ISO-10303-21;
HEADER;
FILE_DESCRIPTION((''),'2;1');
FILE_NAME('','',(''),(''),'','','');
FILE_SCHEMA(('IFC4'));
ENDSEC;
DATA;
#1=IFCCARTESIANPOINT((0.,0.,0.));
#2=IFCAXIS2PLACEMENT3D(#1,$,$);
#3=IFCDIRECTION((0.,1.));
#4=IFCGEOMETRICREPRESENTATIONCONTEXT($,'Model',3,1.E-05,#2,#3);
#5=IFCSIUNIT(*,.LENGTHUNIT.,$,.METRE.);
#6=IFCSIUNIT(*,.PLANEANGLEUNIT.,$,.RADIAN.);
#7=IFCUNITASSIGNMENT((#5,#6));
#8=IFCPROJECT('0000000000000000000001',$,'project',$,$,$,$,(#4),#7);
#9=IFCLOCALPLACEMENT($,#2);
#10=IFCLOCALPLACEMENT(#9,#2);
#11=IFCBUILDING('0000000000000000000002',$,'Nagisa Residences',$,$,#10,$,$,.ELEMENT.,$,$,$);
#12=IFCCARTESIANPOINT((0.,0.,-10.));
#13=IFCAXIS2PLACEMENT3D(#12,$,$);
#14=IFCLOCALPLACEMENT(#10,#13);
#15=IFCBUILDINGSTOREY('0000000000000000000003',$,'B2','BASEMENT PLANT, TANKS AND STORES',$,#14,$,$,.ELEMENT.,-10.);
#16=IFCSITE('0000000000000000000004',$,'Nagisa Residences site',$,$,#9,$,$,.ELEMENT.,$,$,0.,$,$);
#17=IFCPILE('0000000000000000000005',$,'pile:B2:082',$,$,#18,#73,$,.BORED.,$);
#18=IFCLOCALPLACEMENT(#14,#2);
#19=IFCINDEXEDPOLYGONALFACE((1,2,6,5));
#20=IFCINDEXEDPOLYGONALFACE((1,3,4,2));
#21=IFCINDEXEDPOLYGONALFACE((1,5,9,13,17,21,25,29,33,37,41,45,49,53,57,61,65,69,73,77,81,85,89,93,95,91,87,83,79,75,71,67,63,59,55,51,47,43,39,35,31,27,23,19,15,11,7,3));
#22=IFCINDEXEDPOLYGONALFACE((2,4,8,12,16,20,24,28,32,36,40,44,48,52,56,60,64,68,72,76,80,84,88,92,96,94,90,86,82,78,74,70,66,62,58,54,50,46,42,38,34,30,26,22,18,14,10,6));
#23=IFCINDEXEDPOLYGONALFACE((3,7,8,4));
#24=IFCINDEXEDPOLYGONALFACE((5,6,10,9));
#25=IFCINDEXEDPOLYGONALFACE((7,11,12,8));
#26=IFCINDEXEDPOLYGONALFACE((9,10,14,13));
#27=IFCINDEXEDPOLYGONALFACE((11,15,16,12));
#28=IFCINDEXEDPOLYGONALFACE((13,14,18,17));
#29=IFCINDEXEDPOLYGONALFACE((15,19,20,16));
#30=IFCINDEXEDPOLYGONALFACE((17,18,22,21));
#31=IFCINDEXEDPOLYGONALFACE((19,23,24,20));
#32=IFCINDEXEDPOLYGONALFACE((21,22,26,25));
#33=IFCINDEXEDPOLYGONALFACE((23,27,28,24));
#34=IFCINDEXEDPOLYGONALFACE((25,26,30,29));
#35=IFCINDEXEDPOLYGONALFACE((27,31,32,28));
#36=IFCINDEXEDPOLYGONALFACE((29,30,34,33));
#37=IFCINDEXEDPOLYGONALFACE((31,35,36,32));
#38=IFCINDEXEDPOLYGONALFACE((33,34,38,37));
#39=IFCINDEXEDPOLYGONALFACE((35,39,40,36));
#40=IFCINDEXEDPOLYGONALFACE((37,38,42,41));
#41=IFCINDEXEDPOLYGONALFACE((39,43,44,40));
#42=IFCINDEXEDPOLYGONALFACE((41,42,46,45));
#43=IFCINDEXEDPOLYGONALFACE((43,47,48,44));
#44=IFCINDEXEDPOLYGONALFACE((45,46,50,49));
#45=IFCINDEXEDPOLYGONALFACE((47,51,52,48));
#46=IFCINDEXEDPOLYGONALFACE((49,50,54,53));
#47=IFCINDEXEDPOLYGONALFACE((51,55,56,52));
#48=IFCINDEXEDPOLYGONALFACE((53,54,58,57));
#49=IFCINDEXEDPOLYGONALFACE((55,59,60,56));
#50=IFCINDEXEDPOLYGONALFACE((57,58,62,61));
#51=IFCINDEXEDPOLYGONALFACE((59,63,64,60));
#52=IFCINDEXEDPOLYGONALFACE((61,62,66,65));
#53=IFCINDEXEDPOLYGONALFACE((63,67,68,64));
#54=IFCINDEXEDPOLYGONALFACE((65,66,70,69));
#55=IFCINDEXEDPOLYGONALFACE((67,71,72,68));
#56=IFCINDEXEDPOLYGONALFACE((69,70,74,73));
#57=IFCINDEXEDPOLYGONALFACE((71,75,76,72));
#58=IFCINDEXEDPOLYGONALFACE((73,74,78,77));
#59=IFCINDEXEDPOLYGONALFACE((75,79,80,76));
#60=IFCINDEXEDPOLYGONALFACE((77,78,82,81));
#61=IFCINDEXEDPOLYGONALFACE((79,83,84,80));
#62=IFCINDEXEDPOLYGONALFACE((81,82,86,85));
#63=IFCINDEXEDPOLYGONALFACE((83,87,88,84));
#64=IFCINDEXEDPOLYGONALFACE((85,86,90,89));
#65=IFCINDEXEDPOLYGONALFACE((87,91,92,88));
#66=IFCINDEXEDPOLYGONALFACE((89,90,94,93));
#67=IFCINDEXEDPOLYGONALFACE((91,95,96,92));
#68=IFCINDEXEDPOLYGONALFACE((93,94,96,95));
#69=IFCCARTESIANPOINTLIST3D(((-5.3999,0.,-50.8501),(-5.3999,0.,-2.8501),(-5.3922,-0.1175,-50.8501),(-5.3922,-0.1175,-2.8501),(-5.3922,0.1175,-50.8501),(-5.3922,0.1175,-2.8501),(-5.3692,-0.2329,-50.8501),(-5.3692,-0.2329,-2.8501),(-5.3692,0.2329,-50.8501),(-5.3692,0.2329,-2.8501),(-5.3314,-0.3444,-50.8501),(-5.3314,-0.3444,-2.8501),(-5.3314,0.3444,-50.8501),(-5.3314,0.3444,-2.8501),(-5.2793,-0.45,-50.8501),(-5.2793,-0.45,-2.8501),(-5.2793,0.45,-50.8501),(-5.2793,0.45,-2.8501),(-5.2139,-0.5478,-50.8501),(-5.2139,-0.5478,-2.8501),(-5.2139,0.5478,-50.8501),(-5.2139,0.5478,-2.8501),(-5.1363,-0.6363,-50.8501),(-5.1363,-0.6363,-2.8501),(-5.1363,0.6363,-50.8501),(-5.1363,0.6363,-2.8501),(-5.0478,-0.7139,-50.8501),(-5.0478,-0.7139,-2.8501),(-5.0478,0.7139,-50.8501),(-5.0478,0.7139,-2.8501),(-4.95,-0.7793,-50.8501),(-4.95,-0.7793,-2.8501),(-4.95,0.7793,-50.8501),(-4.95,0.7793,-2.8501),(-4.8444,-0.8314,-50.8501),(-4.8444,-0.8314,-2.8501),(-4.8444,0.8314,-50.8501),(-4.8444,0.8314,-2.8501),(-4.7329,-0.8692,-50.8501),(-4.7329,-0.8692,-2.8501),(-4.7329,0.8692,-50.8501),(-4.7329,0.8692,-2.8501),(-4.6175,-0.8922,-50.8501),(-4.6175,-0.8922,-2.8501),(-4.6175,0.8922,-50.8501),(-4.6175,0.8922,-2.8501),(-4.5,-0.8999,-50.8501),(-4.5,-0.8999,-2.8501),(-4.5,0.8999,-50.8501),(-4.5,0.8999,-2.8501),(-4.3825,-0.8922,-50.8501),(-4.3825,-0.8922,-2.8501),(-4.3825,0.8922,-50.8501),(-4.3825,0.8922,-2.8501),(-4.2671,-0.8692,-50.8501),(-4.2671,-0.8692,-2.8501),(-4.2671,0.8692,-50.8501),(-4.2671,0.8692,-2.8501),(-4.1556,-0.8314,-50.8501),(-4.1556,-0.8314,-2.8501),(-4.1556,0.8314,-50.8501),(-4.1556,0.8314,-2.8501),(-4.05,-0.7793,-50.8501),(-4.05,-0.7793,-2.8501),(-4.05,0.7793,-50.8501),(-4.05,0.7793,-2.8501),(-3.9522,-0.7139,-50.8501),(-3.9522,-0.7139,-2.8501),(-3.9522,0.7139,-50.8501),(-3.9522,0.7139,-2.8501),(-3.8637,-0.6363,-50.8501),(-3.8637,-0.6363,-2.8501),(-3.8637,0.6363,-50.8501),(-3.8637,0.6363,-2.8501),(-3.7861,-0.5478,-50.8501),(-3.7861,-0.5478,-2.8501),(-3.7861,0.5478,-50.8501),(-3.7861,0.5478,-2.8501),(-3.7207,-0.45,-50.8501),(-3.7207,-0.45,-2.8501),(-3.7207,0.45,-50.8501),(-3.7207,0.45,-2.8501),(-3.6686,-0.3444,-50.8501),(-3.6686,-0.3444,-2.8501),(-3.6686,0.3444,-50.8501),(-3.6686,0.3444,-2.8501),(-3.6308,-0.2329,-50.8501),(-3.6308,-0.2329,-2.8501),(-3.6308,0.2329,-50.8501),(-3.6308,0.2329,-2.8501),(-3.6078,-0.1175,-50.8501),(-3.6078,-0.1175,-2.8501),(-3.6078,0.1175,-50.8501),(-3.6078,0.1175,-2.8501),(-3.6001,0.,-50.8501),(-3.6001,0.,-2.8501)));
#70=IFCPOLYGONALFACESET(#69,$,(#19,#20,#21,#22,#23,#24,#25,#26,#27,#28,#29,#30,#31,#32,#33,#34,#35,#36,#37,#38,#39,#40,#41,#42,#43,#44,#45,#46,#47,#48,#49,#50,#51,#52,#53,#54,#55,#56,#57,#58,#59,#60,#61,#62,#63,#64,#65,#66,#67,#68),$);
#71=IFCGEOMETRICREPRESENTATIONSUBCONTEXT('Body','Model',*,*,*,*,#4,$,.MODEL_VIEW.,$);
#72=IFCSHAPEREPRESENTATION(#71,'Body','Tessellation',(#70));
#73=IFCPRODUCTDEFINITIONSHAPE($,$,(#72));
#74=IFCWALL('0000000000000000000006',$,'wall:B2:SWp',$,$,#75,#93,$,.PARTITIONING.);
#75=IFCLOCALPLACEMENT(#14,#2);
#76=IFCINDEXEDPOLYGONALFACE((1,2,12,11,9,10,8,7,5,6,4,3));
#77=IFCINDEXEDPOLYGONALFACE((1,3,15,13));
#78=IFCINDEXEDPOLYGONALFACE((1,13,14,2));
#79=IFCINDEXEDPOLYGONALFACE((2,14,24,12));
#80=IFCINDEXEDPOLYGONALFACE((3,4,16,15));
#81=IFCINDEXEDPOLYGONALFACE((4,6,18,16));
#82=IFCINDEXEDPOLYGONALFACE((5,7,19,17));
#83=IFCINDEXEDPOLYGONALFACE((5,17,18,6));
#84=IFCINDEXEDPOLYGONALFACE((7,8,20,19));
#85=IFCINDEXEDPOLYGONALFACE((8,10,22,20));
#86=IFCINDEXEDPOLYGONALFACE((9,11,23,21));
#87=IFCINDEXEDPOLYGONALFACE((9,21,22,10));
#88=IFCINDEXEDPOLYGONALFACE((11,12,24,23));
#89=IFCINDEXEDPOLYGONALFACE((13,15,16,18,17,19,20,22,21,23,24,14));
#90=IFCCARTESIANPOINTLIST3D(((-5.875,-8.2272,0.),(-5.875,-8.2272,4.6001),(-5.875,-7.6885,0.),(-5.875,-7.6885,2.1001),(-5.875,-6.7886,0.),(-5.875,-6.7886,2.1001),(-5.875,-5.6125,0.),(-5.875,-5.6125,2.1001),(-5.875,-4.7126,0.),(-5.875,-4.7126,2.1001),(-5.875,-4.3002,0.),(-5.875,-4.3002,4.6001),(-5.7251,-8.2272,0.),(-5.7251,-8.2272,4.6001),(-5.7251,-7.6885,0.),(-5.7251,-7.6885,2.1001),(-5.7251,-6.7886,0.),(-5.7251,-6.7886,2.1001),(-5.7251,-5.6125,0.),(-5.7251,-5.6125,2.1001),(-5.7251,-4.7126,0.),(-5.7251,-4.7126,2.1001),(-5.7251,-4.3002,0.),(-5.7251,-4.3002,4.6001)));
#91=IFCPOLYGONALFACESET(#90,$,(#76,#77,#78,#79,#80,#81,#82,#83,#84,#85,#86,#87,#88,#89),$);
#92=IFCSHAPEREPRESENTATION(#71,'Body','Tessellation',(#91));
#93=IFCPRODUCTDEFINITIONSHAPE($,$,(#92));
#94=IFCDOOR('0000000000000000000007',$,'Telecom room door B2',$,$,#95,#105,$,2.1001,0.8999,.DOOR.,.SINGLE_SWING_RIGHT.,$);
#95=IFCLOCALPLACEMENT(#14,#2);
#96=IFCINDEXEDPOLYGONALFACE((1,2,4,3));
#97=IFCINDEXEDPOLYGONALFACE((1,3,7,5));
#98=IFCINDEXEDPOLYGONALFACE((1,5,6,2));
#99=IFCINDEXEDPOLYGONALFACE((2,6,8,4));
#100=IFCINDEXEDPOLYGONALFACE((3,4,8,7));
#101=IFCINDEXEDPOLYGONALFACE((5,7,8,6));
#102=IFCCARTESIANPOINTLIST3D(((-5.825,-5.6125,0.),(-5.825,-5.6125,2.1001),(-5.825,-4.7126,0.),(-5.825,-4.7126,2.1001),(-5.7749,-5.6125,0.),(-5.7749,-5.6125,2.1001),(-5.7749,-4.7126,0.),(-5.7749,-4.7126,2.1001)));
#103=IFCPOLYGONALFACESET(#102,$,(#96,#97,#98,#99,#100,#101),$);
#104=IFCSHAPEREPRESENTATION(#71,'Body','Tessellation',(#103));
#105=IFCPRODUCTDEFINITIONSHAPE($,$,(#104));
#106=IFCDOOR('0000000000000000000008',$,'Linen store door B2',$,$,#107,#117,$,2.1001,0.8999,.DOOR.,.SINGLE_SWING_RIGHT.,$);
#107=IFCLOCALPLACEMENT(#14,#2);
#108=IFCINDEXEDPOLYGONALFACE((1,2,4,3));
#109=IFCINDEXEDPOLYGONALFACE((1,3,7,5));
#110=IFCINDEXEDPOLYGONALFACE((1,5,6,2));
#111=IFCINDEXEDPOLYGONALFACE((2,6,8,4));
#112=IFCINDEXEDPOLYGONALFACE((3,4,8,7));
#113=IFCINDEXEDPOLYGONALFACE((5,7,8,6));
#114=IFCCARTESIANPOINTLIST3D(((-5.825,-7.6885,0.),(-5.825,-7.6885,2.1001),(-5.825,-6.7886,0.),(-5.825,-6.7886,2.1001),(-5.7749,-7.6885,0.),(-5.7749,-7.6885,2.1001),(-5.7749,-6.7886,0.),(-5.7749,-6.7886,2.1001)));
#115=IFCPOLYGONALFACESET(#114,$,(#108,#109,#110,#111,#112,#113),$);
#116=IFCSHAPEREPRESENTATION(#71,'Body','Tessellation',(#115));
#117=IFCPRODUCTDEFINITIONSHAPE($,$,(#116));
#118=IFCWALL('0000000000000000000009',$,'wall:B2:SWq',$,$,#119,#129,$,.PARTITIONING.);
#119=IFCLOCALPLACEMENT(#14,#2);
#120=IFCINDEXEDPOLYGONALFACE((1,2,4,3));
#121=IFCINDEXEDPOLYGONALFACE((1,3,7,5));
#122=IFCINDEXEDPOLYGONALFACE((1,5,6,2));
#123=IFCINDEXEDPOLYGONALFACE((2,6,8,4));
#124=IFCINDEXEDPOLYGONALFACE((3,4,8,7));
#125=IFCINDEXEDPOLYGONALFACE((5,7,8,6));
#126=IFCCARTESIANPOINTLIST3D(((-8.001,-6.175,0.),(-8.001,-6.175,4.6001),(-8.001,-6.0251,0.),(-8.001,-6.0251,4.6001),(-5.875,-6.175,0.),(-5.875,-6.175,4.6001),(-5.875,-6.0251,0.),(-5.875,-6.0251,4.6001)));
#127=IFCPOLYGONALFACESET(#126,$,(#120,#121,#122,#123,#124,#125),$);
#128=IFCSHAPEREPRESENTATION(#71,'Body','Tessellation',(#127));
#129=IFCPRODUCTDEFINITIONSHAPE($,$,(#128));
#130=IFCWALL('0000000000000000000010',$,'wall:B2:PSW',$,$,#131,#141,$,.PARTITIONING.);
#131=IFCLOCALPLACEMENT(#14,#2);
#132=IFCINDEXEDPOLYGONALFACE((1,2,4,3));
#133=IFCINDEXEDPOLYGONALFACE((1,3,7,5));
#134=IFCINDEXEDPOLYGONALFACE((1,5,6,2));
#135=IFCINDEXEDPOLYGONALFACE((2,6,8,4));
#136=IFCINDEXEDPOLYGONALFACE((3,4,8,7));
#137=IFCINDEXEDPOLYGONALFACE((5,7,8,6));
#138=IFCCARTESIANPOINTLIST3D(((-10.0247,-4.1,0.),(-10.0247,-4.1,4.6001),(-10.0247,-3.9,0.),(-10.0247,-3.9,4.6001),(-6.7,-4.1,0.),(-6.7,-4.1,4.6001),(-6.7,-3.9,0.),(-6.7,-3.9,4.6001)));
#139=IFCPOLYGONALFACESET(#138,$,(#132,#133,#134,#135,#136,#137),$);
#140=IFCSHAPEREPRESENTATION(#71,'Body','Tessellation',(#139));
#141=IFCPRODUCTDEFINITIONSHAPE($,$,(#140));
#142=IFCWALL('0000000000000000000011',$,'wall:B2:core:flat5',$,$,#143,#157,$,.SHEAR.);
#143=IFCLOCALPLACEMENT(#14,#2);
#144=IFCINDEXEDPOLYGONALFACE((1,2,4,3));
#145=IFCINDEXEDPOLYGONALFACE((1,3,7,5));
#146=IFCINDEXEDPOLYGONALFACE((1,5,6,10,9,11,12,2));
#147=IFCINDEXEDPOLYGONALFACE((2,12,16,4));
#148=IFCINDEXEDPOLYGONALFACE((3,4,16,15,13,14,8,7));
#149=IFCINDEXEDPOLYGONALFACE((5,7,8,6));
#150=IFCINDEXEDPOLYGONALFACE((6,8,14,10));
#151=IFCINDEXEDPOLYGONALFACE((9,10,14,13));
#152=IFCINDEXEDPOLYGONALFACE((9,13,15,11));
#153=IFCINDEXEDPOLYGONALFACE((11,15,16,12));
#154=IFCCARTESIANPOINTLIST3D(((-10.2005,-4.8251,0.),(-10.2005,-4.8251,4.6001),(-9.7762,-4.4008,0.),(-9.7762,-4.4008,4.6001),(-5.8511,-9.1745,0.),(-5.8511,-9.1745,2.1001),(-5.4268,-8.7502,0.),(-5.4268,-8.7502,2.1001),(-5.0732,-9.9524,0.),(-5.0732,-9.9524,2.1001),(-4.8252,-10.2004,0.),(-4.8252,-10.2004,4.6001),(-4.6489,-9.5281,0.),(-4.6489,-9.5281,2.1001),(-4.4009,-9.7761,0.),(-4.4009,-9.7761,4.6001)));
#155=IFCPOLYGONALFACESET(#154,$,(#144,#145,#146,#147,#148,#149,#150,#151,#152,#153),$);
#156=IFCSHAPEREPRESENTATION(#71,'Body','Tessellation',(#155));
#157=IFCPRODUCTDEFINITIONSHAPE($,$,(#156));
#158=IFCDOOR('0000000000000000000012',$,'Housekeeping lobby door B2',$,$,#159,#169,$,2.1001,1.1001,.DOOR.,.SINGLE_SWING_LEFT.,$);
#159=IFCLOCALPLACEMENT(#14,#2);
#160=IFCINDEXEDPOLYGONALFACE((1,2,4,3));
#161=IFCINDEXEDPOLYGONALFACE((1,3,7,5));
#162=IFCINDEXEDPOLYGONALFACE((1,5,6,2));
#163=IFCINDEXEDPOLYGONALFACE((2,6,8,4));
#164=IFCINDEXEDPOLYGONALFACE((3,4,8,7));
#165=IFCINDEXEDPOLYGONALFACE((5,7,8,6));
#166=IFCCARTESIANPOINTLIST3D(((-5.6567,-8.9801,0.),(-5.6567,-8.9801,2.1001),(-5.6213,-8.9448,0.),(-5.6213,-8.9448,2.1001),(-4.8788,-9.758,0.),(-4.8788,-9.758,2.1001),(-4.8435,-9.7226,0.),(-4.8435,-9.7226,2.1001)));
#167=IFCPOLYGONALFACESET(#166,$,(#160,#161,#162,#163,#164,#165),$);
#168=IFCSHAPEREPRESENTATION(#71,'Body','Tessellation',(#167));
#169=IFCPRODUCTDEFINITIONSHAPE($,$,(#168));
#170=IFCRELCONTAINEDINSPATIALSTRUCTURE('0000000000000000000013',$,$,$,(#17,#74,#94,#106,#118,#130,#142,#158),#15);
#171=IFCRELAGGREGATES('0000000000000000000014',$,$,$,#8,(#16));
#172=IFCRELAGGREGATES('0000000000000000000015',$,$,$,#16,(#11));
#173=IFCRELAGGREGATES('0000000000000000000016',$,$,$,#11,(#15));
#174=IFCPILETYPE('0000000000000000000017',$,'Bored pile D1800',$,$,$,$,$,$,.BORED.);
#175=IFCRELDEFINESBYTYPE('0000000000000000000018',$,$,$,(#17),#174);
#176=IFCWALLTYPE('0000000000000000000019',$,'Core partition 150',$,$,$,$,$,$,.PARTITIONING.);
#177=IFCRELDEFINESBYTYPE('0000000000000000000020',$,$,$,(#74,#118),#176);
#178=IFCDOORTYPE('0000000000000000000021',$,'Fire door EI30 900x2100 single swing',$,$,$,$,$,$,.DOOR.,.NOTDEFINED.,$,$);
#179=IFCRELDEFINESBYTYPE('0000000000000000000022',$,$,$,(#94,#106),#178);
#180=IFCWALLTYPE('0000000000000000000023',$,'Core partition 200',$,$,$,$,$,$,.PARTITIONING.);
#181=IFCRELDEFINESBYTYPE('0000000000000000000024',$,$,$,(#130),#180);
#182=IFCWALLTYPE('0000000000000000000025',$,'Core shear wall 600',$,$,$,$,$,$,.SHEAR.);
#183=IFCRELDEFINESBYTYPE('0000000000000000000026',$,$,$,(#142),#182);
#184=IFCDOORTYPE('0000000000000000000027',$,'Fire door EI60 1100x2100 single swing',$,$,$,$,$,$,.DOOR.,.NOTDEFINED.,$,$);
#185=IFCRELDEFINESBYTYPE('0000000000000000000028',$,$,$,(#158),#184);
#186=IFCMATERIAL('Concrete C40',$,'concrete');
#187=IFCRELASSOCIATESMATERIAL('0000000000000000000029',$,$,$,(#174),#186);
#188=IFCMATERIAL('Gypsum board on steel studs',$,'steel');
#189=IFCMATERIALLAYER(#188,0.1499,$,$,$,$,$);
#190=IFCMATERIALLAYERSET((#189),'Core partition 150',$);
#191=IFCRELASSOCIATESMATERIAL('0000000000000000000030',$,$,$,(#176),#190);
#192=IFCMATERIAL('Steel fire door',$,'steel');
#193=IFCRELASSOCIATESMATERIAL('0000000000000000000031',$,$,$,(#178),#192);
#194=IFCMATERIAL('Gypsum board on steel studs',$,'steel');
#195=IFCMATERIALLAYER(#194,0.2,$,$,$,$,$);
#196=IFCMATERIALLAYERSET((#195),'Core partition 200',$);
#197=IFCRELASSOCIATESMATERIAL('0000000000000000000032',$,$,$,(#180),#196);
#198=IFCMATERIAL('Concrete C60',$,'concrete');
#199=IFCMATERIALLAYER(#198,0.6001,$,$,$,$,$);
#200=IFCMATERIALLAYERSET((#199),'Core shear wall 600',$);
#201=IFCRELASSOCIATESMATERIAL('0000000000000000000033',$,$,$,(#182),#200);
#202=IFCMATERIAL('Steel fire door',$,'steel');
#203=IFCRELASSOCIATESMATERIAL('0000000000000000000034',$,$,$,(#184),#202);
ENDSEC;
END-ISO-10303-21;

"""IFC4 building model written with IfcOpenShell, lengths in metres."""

from ifc_helpers import new_model, si_unit, direction, frame, frame_2d, origin, origin_2d, place, context, subcontext, project, spatial, rectangle, circle, extrude, material, layer, layer_set, material_profile, profile_set, type_object, element, fill, save


model = new_model("IFC4")

# Units and contexts
model_context = context("Model", 3, precision=1e-05, world=origin(), true_north=direction((0.0, 1.0)))
body_context = subcontext(model_context, "Body", "Model", "MODEL_VIEW")
ifc_project = project(units=[si_unit("LENGTHUNIT", "METRE"), si_unit("PLANEANGLEUNIT", "RADIAN")], contexts=[model_context])

# Site, building, storey
site_placement = place(None, origin())
site = spatial("IfcSite", under=ifc_project, at=site_placement, Name="Nagisa Residences site", CompositionType="ELEMENT", RefElevation=0.0)
building_placement = place(site_placement, origin())
building = spatial("IfcBuilding", under=site, at=building_placement, Name="Nagisa Residences", CompositionType="ELEMENT")
storey_placement = place(building_placement, frame((0.0, 0.0, -10.0)))
storey = spatial("IfcBuildingStorey", under=building, at=storey_placement, Name="B2", Description="BASEMENT PLANT, TANKS AND STORES", CompositionType="ELEMENT", Elevation=-10.0)

# Pile
ifc_material_1 = material(Name="Concrete C40", Category="concrete")
ifc_material_profile = material_profile(ifc_material_1, circle(Radius=0.8999, at=origin_2d()), Name="Bored pile D1800")
ifc_profile_set = profile_set([ifc_material_profile], Name="Concrete C40")
pile_type = type_object("IfcPileType", Name="Bored pile D1800", PredefinedType="BORED", material=ifc_profile_set)
for number, where, z_axis, x_axis, name in (
    (1, (-4.5, 0.0, -2.8501), (0.0, 0.0, -1.0), (1.0, 0.0, 0.0), "pile:B2:082"),
):
    element("IfcPile", number, at=place(storey_placement, frame(where, z_axis=z_axis, x_axis=x_axis)), inside=storey, type_object=pile_type, Name=name, PredefinedType="BORED", context=body_context, shape_type="SweptSolid", body=[
        extrude(circle(Radius=0.8999, at=origin_2d()), origin(), (0.0, 0.0, 1.0), 48.0),
    ])

# Wall, openings, doors
ifc_material_2 = material(Name="Gypsum board on steel studs", Category="steel")
ifc_layer_1 = layer(ifc_material_2, 0.1499)
ifc_layer_set_1 = layer_set([ifc_layer_1], Name="Core partition 150")
wall_type_1 = type_object("IfcWallType", Name="Core partition 150", PredefinedType="PARTITIONING", material=ifc_layer_set_1)
wall_1_placement = place(storey_placement, frame((-5.8, -8.2271, 0.0), z_axis=(0.0, 0.0, 1.0), x_axis=(0.0, 1.0, 0.0)))
wall_1 = element("IfcWall", 2, at=wall_1_placement, inside=storey, type_object=wall_type_1, Name="wall:B2:SWp", PredefinedType="PARTITIONING", context=body_context, shape_type="SweptSolid", body=[
    extrude(rectangle(XDim=3.927, YDim=0.1499, at=frame_2d((1.9634, 0.0))), origin(), (0.0, 0.0, 1.0), 4.6001),
])
opening_1_placement = place(wall_1_placement, frame((2.6145, 0.0, 0.0)))
opening_1 = element("IfcOpeningElement", 3, at=opening_1_placement, cuts=wall_1, PredefinedType="OPENING", context=body_context, shape_type="SweptSolid", body=[
    extrude(rectangle(XDim=0.8999, YDim=2.1001, at=frame_2d((0.45, 1.05))), frame((0.0, 0.085, 0.0), z_axis=(0.0, -1.0, 0.0), x_axis=(1.0, 0.0, 0.0)), (0.0, 0.0, 1.0), 0.1699),
])
opening_2_placement = place(wall_1_placement, frame((0.5386, 0.0, 0.0)))
opening_2 = element("IfcOpeningElement", 4, at=opening_2_placement, cuts=wall_1, PredefinedType="OPENING", context=body_context, shape_type="SweptSolid", body=[
    extrude(rectangle(XDim=0.8999, YDim=2.1001, at=frame_2d((0.45, 1.05))), frame((0.0, 0.085, 0.0), z_axis=(0.0, -1.0, 0.0), x_axis=(1.0, 0.0, 0.0)), (0.0, 0.0, 1.0), 0.1699),
])
ifc_material_3 = material(Name="Steel fire door", Category="steel")
door_type_1 = type_object("IfcDoorType", Name="Fire door EI30 900x2100 single swing", OperationType="NOTDEFINED", PredefinedType="DOOR", material=ifc_material_3)
door_1_placement = place(opening_1_placement, origin())
door_1 = element("IfcDoor", 5, at=door_1_placement, inside=storey, type_object=door_type_1, Name="Telecom room door B2", OperationType="SINGLE_SWING_RIGHT", OverallHeight=2.1001, OverallWidth=0.8999, PredefinedType="DOOR", context=body_context, shape_type="SweptSolid", body=[
    extrude(rectangle(XDim=0.8999, YDim=2.1001, at=frame_2d((0.45, 1.05))), frame((0.0, 0.0249, 0.0), z_axis=(0.0, -1.0, 0.0), x_axis=(1.0, 0.0, 0.0)), (0.0, 0.0, 1.0), 0.05),
])
fill(opening_1, door_1)
door_2_placement = place(opening_2_placement, origin())
door_2 = element("IfcDoor", 6, at=door_2_placement, inside=storey, type_object=door_type_1, Name="Linen store door B2", OperationType="SINGLE_SWING_RIGHT", OverallHeight=2.1001, OverallWidth=0.8999, PredefinedType="DOOR", context=body_context, shape_type="SweptSolid", body=[
    extrude(rectangle(XDim=0.8999, YDim=2.1001, at=frame_2d((0.45, 1.05))), frame((0.0, 0.0249, 0.0), z_axis=(0.0, -1.0, 0.0), x_axis=(1.0, 0.0, 0.0)), (0.0, 0.0, 1.0), 0.05),
])
fill(opening_2, door_2)

# Walls
wall_2_placement = place(storey_placement, frame((-8.001, -6.1001, 0.0), z_axis=(0.0, 0.0, 1.0), x_axis=(1.0, 0.0, 0.0)))
element("IfcWall", 7, at=wall_2_placement, inside=storey, type_object=wall_type_1, Name="wall:B2:SWq", PredefinedType="PARTITIONING", context=body_context, shape_type="SweptSolid", body=[
    extrude(rectangle(XDim=2.126, YDim=0.1499, at=frame_2d((1.063, 0.0))), origin(), (0.0, 0.0, 1.0), 4.6001),
])
ifc_material_4 = material(Name="Gypsum board on steel studs", Category="steel")
ifc_layer_2 = layer(ifc_material_4, 0.2)
ifc_layer_set_2 = layer_set([ifc_layer_2], Name="Core partition 200")
wall_type_2 = type_object("IfcWallType", Name="Core partition 200", PredefinedType="PARTITIONING", material=ifc_layer_set_2)
wall_3_placement = place(storey_placement, frame((-10.0247, -4.0, 0.0), z_axis=(0.0, 0.0, 1.0), x_axis=(1.0, 0.0, 0.0)))
element("IfcWall", 8, at=wall_3_placement, inside=storey, type_object=wall_type_2, Name="wall:B2:PSW", PredefinedType="PARTITIONING", context=body_context, shape_type="SweptSolid", body=[
    extrude(rectangle(XDim=3.3247, YDim=0.2, at=frame_2d((1.6624, 0.0))), origin(), (0.0, 0.0, 1.0), 4.6001),
])

# Wall, opening, door
ifc_material_5 = material(Name="Concrete C60", Category="concrete")
ifc_layer_3 = layer(ifc_material_5, 0.6001)
ifc_layer_set_3 = layer_set([ifc_layer_3], Name="Core shear wall 600")
wall_type_3 = type_object("IfcWallType", Name="Core shear wall 600", PredefinedType="SHEAR", material=ifc_layer_set_3)
wall_4_placement = place(storey_placement, frame((-9.9883, -4.613, 0.0), z_axis=(0.0, 0.0, 1.0), x_axis=(0.707107, -0.707107, 0.0)))
wall_4 = element("IfcWall", 9, at=wall_4_placement, inside=storey, type_object=wall_type_3, Name="wall:B2:core:flat5", PredefinedType="SHEAR", context=body_context, shape_type="SweptSolid", body=[
    extrude(rectangle(XDim=7.6018, YDim=0.6001, at=frame_2d((3.8008, 0.0))), origin(), (0.0, 0.0, 1.0), 4.6001),
])
opening_3_placement = place(wall_4_placement, frame((6.1509, 0.0, 0.0)))
opening_3 = element("IfcOpeningElement", 10, at=opening_3_placement, cuts=wall_4, PredefinedType="OPENING", context=body_context, shape_type="SweptSolid", body=[
    extrude(rectangle(XDim=1.1001, YDim=2.1001, at=frame_2d((0.55, 1.05))), frame((0.0, 0.3101, 0.0), z_axis=(0.0, -1.0, 0.0), x_axis=(1.0, 0.0, 0.0)), (0.0, 0.0, 1.0), 0.6201),
])
ifc_material_6 = material(Name="Steel fire door", Category="steel")
door_type_2 = type_object("IfcDoorType", Name="Fire door EI60 1100x2100 single swing", OperationType="NOTDEFINED", PredefinedType="DOOR", material=ifc_material_6)
door_3_placement = place(opening_3_placement, origin())
door_3 = element("IfcDoor", 11, at=door_3_placement, inside=storey, type_object=door_type_2, Name="Housekeeping lobby door B2", OperationType="SINGLE_SWING_LEFT", OverallHeight=2.1001, OverallWidth=1.1001, PredefinedType="DOOR", context=body_context, shape_type="SweptSolid", body=[
    extrude(rectangle(XDim=1.1001, YDim=2.1001, at=frame_2d((0.55, 1.05))), frame((0.0, 0.0249, 0.0), z_axis=(0.0, -1.0, 0.0), x_axis=(1.0, 0.0, 0.0)), (0.0, 0.0, 1.0), 0.05),
])
fill(opening_3, door_3)

save(model, "model.ifc")
